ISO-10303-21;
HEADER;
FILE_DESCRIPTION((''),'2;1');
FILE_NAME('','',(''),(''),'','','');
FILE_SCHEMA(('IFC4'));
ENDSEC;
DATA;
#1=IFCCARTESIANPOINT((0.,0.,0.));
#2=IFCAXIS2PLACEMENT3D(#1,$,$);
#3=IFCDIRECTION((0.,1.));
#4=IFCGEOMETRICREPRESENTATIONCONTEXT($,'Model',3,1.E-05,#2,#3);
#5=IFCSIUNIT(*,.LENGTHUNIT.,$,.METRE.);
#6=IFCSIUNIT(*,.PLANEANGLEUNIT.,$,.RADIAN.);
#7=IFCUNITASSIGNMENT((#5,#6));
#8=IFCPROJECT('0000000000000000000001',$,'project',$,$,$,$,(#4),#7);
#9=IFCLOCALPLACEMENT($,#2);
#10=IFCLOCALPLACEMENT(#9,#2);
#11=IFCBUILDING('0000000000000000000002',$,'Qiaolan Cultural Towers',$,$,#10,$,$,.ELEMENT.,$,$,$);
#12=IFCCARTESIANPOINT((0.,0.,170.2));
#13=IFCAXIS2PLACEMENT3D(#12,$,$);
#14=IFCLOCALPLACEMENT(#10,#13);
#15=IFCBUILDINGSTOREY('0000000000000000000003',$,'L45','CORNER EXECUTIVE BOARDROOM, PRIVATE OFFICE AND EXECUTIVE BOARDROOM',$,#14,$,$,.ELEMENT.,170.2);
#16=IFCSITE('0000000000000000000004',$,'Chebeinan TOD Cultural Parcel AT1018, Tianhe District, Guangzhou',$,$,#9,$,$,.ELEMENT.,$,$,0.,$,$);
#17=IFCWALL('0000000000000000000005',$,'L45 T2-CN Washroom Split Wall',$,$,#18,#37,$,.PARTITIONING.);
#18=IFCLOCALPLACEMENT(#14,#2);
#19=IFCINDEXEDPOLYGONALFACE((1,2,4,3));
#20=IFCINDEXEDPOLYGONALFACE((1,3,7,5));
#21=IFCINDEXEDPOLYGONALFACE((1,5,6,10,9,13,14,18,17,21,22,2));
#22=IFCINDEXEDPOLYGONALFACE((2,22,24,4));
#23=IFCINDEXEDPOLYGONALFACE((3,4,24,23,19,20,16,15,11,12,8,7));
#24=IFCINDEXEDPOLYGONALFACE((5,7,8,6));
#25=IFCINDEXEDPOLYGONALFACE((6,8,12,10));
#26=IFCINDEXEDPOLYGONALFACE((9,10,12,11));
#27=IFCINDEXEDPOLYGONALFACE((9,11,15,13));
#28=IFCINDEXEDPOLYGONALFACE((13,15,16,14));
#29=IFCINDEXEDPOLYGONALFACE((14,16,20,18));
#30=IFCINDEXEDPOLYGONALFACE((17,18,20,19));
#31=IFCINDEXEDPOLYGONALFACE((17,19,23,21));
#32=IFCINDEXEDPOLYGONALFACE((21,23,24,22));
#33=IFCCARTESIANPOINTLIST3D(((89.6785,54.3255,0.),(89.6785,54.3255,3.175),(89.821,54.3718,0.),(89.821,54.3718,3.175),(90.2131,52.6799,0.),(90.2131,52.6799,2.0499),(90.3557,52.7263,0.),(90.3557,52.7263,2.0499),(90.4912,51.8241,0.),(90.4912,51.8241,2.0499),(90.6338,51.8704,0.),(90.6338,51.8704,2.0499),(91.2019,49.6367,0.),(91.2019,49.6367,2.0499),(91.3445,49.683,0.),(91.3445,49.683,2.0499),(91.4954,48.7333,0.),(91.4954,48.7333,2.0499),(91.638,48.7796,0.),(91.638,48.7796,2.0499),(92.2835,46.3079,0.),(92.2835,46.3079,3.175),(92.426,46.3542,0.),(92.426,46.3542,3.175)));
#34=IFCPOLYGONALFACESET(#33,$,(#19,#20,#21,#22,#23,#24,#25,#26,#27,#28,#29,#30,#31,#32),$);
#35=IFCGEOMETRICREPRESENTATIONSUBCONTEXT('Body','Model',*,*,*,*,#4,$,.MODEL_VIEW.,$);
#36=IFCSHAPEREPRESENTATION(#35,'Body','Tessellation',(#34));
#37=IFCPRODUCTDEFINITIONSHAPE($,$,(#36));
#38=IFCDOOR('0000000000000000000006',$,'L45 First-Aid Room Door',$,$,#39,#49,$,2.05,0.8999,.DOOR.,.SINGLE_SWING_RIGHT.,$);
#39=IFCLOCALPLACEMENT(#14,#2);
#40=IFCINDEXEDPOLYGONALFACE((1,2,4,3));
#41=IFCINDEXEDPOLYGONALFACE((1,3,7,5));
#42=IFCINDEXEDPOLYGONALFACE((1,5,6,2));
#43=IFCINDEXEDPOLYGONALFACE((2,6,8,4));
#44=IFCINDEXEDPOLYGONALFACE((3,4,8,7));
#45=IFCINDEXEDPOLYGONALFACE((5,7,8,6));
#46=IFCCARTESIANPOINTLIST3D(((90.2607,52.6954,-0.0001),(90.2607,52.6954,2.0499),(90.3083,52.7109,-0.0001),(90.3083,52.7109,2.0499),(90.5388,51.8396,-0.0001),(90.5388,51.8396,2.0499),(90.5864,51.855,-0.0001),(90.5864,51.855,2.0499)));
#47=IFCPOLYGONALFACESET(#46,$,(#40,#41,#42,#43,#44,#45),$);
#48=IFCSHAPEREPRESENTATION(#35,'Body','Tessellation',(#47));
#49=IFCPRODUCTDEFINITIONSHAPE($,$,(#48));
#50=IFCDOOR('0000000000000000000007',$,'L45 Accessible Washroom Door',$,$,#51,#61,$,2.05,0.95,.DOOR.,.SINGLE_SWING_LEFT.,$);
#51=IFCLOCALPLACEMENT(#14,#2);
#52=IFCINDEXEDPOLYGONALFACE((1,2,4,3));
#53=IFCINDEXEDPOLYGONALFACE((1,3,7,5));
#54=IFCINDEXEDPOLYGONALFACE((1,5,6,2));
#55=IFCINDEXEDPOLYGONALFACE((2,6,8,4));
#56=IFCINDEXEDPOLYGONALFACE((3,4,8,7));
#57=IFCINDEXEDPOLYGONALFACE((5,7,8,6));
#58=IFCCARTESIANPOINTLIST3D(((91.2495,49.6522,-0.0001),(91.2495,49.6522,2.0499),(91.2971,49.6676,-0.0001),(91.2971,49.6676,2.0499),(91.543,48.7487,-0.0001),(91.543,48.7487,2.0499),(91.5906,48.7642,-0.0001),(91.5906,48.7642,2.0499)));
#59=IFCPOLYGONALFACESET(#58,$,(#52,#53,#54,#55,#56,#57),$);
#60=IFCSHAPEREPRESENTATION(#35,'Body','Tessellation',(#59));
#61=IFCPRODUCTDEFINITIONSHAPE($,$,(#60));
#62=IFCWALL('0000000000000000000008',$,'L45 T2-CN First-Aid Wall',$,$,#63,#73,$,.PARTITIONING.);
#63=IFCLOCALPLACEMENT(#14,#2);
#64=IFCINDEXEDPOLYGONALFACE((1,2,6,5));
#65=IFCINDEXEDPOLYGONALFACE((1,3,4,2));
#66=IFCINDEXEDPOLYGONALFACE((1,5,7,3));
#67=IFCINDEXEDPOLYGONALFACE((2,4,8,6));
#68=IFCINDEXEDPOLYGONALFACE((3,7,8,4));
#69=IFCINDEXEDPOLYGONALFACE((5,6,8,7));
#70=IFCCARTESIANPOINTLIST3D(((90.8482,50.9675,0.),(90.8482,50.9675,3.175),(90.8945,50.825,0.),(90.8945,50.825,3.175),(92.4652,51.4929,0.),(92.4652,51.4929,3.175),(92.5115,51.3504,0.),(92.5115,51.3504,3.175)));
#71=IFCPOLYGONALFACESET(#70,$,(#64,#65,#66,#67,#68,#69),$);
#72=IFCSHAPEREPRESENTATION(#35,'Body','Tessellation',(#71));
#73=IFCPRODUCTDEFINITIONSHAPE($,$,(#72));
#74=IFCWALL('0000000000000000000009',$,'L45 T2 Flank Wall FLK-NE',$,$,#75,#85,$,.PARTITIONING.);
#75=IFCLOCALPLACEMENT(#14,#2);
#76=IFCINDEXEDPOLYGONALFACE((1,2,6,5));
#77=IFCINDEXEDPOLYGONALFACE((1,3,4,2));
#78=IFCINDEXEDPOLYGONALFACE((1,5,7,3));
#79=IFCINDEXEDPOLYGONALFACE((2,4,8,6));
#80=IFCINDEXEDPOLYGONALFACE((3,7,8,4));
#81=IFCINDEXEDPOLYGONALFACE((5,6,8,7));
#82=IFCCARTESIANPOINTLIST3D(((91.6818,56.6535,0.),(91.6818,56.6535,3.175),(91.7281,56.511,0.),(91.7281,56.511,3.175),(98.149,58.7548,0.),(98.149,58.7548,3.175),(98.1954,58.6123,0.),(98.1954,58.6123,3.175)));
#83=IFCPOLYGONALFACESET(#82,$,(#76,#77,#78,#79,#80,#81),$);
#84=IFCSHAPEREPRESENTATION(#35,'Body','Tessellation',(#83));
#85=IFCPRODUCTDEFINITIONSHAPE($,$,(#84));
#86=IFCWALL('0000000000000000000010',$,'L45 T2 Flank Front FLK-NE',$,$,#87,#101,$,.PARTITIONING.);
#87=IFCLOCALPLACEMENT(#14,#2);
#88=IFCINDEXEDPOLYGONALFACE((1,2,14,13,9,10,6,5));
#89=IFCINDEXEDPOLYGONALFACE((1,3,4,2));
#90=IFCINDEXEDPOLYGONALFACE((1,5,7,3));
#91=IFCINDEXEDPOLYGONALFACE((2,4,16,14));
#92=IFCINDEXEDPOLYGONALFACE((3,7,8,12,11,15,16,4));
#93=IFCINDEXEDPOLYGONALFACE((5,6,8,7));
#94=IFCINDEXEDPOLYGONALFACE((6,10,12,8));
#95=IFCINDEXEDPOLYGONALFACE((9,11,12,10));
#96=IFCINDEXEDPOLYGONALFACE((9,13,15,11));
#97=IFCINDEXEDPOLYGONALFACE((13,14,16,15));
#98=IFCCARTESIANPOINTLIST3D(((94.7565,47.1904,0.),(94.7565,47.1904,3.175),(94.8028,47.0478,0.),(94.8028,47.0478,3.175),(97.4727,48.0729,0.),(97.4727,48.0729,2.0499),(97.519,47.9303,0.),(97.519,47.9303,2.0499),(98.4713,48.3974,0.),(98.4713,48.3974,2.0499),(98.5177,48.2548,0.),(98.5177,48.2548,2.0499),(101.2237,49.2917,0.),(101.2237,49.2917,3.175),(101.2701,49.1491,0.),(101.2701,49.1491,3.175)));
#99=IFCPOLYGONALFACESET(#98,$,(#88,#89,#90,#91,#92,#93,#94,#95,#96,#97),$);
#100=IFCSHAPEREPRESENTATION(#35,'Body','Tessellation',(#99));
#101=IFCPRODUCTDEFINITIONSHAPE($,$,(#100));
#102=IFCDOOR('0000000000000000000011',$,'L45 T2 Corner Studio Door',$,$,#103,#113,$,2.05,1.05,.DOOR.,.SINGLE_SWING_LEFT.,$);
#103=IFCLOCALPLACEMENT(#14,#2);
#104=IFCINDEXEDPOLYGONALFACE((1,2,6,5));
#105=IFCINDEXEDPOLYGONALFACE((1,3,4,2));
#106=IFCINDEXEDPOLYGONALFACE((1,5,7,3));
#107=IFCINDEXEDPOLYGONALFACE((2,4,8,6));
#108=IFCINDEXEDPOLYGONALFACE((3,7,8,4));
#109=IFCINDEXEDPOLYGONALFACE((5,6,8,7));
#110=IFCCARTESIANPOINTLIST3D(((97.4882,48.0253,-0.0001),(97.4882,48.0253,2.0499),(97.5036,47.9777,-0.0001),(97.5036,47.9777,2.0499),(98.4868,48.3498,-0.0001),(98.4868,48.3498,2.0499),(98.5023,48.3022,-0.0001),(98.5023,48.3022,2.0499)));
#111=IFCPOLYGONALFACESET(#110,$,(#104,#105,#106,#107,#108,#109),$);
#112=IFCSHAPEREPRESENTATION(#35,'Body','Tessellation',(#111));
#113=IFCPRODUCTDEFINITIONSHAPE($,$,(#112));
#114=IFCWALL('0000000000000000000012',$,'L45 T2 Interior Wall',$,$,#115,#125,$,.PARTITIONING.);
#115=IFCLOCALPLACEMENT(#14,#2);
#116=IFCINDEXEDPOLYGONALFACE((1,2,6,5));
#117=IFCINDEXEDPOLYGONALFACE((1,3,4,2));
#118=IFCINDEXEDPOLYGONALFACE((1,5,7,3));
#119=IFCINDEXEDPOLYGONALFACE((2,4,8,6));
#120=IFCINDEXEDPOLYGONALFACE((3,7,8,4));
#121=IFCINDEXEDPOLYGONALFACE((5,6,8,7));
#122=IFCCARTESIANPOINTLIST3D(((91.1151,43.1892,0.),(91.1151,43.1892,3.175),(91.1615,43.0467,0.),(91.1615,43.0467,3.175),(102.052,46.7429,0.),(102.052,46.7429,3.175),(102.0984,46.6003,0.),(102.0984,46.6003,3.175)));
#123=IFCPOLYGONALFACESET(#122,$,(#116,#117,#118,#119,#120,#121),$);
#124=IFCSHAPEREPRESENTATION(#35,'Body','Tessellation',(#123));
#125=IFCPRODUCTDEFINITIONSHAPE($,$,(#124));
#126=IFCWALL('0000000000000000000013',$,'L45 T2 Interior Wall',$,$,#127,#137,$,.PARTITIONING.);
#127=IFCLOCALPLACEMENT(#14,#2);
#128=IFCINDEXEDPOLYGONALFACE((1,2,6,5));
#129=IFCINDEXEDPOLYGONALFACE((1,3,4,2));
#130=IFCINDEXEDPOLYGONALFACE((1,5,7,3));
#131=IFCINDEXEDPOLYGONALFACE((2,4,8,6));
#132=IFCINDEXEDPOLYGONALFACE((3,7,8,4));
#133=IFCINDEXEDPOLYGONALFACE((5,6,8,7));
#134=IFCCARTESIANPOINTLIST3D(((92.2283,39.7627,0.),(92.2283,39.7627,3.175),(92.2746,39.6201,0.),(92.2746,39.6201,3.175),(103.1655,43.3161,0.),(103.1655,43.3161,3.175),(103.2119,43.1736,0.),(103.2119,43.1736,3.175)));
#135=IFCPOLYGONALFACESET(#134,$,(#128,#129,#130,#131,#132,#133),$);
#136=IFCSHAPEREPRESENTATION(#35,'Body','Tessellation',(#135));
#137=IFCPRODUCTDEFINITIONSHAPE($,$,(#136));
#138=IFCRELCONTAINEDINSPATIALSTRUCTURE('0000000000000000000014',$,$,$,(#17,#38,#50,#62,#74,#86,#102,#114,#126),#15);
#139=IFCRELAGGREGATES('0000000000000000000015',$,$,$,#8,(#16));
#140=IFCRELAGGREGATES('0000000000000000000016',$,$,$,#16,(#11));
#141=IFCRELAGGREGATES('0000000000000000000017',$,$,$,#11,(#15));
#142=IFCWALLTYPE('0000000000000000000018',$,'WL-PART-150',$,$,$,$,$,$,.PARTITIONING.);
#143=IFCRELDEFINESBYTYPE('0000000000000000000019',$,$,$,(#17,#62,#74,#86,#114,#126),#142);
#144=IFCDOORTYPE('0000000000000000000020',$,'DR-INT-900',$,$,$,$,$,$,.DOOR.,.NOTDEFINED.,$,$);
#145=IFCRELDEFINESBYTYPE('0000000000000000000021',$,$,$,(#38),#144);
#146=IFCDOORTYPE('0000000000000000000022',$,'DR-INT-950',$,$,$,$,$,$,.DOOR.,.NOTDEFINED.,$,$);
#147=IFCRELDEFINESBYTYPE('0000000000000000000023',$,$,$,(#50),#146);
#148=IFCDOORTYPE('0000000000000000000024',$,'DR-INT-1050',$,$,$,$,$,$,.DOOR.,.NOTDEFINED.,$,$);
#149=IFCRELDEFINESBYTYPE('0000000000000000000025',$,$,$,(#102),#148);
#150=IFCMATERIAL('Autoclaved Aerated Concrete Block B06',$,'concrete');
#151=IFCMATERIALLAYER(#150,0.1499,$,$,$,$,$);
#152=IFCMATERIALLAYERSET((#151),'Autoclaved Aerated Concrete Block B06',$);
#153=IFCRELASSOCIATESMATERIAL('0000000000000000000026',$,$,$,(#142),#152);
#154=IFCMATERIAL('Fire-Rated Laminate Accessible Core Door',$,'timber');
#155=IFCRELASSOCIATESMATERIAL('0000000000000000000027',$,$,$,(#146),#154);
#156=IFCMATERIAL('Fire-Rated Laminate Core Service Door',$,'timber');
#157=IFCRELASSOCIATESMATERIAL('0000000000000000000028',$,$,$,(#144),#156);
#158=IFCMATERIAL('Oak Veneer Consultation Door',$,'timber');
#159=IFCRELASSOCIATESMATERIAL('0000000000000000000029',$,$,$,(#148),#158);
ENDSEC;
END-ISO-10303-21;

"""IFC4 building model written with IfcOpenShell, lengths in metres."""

from ifc_helpers import new_model, si_unit, direction, frame, frame_2d, origin, place, context, subcontext, project, spatial, rectangle, extrude, material, layer, layer_set, type_object, element, fill, save


model = new_model("IFC4")

# Units and contexts
model_context = context("Model", 3, precision=1e-05, world=origin(), true_north=direction((0.0, 1.0)))
body_context = subcontext(model_context, "Body", "Model", "MODEL_VIEW")
ifc_project = project(units=[si_unit("LENGTHUNIT", "METRE"), si_unit("PLANEANGLEUNIT", "RADIAN")], contexts=[model_context])

# Site, building, storey
site_placement = place(None, origin())
site = spatial("IfcSite", under=ifc_project, at=site_placement, Name="Chebeinan TOD Cultural Parcel AT1018, Tianhe District, Guangzhou", CompositionType="ELEMENT", RefElevation=0.0)
building_placement = place(site_placement, origin())
building = spatial("IfcBuilding", under=site, at=building_placement, Name="Qiaolan Cultural Towers", CompositionType="ELEMENT")
storey_placement = place(building_placement, frame((0.0, 0.0, 170.2)))
storey = spatial("IfcBuildingStorey", under=building, at=storey_placement, Name="L45", Description="CORNER EXECUTIVE BOARDROOM, PRIVATE OFFICE AND EXECUTIVE BOARDROOM", CompositionType="ELEMENT", Elevation=170.2)

# Shared definitions
ifc_material_1 = material(Name="Autoclaved Aerated Concrete Block B06", Category="concrete")
ifc_layer_1 = layer(ifc_material_1, 0.1499)
ifc_layer_set_1 = layer_set([ifc_layer_1], Name="Autoclaved Aerated Concrete Block B06")
wall_type_1 = type_object("IfcWallType", Name="WL-PART-150", PredefinedType="PARTITIONING", material=ifc_layer_set_1)
ifc_material_2 = material(Name="Fire-Rated Laminate Accessible Core Door", Category="timber")
door_type_1 = type_object("IfcDoorType", Name="DR-INT-950", OperationType="NOTDEFINED", PredefinedType="DOOR", material=ifc_material_2)

# Wall, openings, doors
wall_1_placement = place(storey_placement, frame((92.3547, 46.3311, 0.0), z_axis=(0.0, 0.0, 1.0), x_axis=(-0.309007, 0.95106, 0.0)))
wall_1 = element("IfcWall", 1, at=wall_1_placement, inside=storey, type_object=wall_type_1, Name="L45 T2-CN Washroom Split Wall", PredefinedType="PARTITIONING", context=body_context, shape_type="SweptSolid", body=[
    extrude(rectangle(XDim=8.4302, YDim=0.1499, at=frame_2d((4.2151, 0.0))), origin(), (0.0, 0.0, 1.0), 3.175),
])
opening_1_placement = place(wall_1_placement, frame((2.55, 0.0, 0.0)))
opening_1 = element("IfcOpeningElement", 2, at=opening_1_placement, cuts=wall_1, PredefinedType="OPENING", context=body_context, shape_type="SweptSolid", body=[
    extrude(rectangle(XDim=0.95, YDim=2.05, at=frame_2d((0.4751, 1.0249))), frame((0.0, 0.085, 0.0), z_axis=(0.0, -1.0, 0.0), x_axis=(1.0, 0.0, 0.0)), (0.0, 0.0, 1.0), 0.1699),
])
opening_2_placement = place(wall_1_placement, frame((5.8, 0.0, 0.0)))
opening_2 = element("IfcOpeningElement", 3, at=opening_2_placement, cuts=wall_1, PredefinedType="OPENING", context=body_context, shape_type="SweptSolid", body=[
    extrude(rectangle(XDim=0.8999, YDim=2.05, at=frame_2d((0.45, 1.0249))), frame((0.0, 0.085, 0.0), z_axis=(0.0, -1.0, 0.0), x_axis=(1.0, 0.0, 0.0)), (0.0, 0.0, 1.0), 0.1699),
])
ifc_material_3 = material(Name="Fire-Rated Laminate Core Service Door", Category="timber")
door_type_2 = type_object("IfcDoorType", Name="DR-INT-900", OperationType="NOTDEFINED", PredefinedType="DOOR", material=ifc_material_3)
door_1_placement = place(opening_2_placement, origin())
door_1 = element("IfcDoor", 4, at=door_1_placement, inside=storey, type_object=door_type_2, Name="L45 First-Aid Room Door", OperationType="SINGLE_SWING_RIGHT", OverallHeight=2.05, OverallWidth=0.8999, PredefinedType="DOOR", context=body_context, shape_type="SweptSolid", body=[
    extrude(rectangle(XDim=0.8999, YDim=2.05, at=frame_2d((0.45, 1.0249))), frame((0.0, 0.0249, 0.0), z_axis=(0.0, -1.0, 0.0), x_axis=(1.0, 0.0, 0.0)), (0.0, 0.0, 1.0), 0.05),
])
fill(opening_2, door_1)
door_2_placement = place(opening_1_placement, origin())
door_2 = element("IfcDoor", 5, at=door_2_placement, inside=storey, type_object=door_type_1, Name="L45 Accessible Washroom Door", OperationType="SINGLE_SWING_LEFT", OverallHeight=2.05, OverallWidth=0.95, PredefinedType="DOOR", context=body_context, shape_type="SweptSolid", body=[
    extrude(rectangle(XDim=0.95, YDim=2.05, at=frame_2d((0.4751, 1.0249))), frame((0.0, 0.0249, 0.0), z_axis=(0.0, -1.0, 0.0), x_axis=(1.0, 0.0, 0.0)), (0.0, 0.0, 1.0), 0.05),
])
fill(opening_1, door_2)

# Walls
wall_2_placement = place(storey_placement, frame((90.8713, 50.8962, 0.0), z_axis=(0.0, 0.0, 1.0), x_axis=(0.951054, 0.309024, 0.0)))
element("IfcWall", 6, at=wall_2_placement, inside=storey, type_object=wall_type_1, Name="L45 T2-CN First-Aid Wall", PredefinedType="PARTITIONING", context=body_context, shape_type="SweptSolid", body=[
    extrude(rectangle(XDim=1.7002, YDim=0.1499, at=frame_2d((0.8501, 0.0))), origin(), (0.0, 0.0, 1.0), 3.175),
])
wall_3_placement = place(storey_placement, frame((91.7051, 56.5823, 0.0), z_axis=(0.0, 0.0, 1.0), x_axis=(0.951058, 0.309013, 0.0)))
element("IfcWall", 7, at=wall_3_placement, inside=storey, type_object=wall_type_1, Name="L45 T2 Flank Wall FLK-NE", PredefinedType="PARTITIONING", context=body_context, shape_type="SweptSolid", body=[
    extrude(rectangle(XDim=6.8, YDim=0.1499, at=frame_2d((3.3999, 0.0))), origin(), (0.0, 0.0, 1.0), 3.175),
])

# Wall, opening, door
wall_4_placement = place(storey_placement, frame((94.7798, 47.1191, 0.0), z_axis=(0.0, 0.0, 1.0), x_axis=(0.951058, 0.309013, 0.0)))
wall_4 = element("IfcWall", 8, at=wall_4_placement, inside=storey, type_object=wall_type_1, Name="L45 T2 Flank Front FLK-NE", PredefinedType="PARTITIONING", context=body_context, shape_type="SweptSolid", body=[
    extrude(rectangle(XDim=6.8, YDim=0.1499, at=frame_2d((3.3999, 0.0))), origin(), (0.0, 0.0, 1.0), 3.175),
])
opening_3_placement = place(wall_4_placement, frame((2.856, 0.0, 0.0)))
opening_3 = element("IfcOpeningElement", 9, at=opening_3_placement, cuts=wall_4, PredefinedType="OPENING", context=body_context, shape_type="SweptSolid", body=[
    extrude(rectangle(XDim=1.05, YDim=2.05, at=frame_2d((0.5249, 1.0249))), frame((0.0, 0.085, 0.0), z_axis=(0.0, -1.0, 0.0), x_axis=(1.0, 0.0, 0.0)), (0.0, 0.0, 1.0), 0.1699),
])
ifc_material_4 = material(Name="Oak Veneer Consultation Door", Category="timber")
door_type_3 = type_object("IfcDoorType", Name="DR-INT-1050", OperationType="NOTDEFINED", PredefinedType="DOOR", material=ifc_material_4)
door_3_placement = place(opening_3_placement, origin())
door_3 = element("IfcDoor", 10, at=door_3_placement, inside=storey, type_object=door_type_3, Name="L45 T2 Corner Studio Door", OperationType="SINGLE_SWING_LEFT", OverallHeight=2.05, OverallWidth=1.05, PredefinedType="DOOR", context=body_context, shape_type="SweptSolid", body=[
    extrude(rectangle(XDim=1.05, YDim=2.05, at=frame_2d((0.5249, 1.0249))), frame((0.0, 0.0249, 0.0), z_axis=(0.0, -1.0, 0.0), x_axis=(1.0, 0.0, 0.0)), (0.0, 0.0, 1.0), 0.05),
])
fill(opening_3, door_3)

# Walls
wall_5_placement = place(storey_placement, frame((91.1382, 43.1179, 0.0), z_axis=(0.0, 0.0, 1.0), x_axis=(0.951055, 0.309022, 0.0)))
element("IfcWall", 11, at=wall_5_placement, inside=storey, type_object=wall_type_1, Name="L45 T2 Interior Wall", PredefinedType="PARTITIONING", context=body_context, shape_type="SweptSolid", body=[
    extrude(rectangle(XDim=11.4998, YDim=0.1499, at=frame_2d((5.75, 0.0))), origin(), (0.0, 0.0, 1.0), 3.175),
])
wall_6_placement = place(storey_placement, frame((92.2515, 39.6914, 0.0), z_axis=(0.0, 0.0, 1.0), x_axis=(0.951063, 0.308996, 0.0)))
element("IfcWall", 12, at=wall_6_placement, inside=storey, type_object=wall_type_1, Name="L45 T2 Interior Wall", PredefinedType="PARTITIONING", context=body_context, shape_type="SweptSolid", body=[
    extrude(rectangle(XDim=11.5, YDim=0.1499, at=frame_2d((5.75, 0.0))), origin(), (0.0, 0.0, 1.0), 3.175),
])

save(model, "model.ifc")
